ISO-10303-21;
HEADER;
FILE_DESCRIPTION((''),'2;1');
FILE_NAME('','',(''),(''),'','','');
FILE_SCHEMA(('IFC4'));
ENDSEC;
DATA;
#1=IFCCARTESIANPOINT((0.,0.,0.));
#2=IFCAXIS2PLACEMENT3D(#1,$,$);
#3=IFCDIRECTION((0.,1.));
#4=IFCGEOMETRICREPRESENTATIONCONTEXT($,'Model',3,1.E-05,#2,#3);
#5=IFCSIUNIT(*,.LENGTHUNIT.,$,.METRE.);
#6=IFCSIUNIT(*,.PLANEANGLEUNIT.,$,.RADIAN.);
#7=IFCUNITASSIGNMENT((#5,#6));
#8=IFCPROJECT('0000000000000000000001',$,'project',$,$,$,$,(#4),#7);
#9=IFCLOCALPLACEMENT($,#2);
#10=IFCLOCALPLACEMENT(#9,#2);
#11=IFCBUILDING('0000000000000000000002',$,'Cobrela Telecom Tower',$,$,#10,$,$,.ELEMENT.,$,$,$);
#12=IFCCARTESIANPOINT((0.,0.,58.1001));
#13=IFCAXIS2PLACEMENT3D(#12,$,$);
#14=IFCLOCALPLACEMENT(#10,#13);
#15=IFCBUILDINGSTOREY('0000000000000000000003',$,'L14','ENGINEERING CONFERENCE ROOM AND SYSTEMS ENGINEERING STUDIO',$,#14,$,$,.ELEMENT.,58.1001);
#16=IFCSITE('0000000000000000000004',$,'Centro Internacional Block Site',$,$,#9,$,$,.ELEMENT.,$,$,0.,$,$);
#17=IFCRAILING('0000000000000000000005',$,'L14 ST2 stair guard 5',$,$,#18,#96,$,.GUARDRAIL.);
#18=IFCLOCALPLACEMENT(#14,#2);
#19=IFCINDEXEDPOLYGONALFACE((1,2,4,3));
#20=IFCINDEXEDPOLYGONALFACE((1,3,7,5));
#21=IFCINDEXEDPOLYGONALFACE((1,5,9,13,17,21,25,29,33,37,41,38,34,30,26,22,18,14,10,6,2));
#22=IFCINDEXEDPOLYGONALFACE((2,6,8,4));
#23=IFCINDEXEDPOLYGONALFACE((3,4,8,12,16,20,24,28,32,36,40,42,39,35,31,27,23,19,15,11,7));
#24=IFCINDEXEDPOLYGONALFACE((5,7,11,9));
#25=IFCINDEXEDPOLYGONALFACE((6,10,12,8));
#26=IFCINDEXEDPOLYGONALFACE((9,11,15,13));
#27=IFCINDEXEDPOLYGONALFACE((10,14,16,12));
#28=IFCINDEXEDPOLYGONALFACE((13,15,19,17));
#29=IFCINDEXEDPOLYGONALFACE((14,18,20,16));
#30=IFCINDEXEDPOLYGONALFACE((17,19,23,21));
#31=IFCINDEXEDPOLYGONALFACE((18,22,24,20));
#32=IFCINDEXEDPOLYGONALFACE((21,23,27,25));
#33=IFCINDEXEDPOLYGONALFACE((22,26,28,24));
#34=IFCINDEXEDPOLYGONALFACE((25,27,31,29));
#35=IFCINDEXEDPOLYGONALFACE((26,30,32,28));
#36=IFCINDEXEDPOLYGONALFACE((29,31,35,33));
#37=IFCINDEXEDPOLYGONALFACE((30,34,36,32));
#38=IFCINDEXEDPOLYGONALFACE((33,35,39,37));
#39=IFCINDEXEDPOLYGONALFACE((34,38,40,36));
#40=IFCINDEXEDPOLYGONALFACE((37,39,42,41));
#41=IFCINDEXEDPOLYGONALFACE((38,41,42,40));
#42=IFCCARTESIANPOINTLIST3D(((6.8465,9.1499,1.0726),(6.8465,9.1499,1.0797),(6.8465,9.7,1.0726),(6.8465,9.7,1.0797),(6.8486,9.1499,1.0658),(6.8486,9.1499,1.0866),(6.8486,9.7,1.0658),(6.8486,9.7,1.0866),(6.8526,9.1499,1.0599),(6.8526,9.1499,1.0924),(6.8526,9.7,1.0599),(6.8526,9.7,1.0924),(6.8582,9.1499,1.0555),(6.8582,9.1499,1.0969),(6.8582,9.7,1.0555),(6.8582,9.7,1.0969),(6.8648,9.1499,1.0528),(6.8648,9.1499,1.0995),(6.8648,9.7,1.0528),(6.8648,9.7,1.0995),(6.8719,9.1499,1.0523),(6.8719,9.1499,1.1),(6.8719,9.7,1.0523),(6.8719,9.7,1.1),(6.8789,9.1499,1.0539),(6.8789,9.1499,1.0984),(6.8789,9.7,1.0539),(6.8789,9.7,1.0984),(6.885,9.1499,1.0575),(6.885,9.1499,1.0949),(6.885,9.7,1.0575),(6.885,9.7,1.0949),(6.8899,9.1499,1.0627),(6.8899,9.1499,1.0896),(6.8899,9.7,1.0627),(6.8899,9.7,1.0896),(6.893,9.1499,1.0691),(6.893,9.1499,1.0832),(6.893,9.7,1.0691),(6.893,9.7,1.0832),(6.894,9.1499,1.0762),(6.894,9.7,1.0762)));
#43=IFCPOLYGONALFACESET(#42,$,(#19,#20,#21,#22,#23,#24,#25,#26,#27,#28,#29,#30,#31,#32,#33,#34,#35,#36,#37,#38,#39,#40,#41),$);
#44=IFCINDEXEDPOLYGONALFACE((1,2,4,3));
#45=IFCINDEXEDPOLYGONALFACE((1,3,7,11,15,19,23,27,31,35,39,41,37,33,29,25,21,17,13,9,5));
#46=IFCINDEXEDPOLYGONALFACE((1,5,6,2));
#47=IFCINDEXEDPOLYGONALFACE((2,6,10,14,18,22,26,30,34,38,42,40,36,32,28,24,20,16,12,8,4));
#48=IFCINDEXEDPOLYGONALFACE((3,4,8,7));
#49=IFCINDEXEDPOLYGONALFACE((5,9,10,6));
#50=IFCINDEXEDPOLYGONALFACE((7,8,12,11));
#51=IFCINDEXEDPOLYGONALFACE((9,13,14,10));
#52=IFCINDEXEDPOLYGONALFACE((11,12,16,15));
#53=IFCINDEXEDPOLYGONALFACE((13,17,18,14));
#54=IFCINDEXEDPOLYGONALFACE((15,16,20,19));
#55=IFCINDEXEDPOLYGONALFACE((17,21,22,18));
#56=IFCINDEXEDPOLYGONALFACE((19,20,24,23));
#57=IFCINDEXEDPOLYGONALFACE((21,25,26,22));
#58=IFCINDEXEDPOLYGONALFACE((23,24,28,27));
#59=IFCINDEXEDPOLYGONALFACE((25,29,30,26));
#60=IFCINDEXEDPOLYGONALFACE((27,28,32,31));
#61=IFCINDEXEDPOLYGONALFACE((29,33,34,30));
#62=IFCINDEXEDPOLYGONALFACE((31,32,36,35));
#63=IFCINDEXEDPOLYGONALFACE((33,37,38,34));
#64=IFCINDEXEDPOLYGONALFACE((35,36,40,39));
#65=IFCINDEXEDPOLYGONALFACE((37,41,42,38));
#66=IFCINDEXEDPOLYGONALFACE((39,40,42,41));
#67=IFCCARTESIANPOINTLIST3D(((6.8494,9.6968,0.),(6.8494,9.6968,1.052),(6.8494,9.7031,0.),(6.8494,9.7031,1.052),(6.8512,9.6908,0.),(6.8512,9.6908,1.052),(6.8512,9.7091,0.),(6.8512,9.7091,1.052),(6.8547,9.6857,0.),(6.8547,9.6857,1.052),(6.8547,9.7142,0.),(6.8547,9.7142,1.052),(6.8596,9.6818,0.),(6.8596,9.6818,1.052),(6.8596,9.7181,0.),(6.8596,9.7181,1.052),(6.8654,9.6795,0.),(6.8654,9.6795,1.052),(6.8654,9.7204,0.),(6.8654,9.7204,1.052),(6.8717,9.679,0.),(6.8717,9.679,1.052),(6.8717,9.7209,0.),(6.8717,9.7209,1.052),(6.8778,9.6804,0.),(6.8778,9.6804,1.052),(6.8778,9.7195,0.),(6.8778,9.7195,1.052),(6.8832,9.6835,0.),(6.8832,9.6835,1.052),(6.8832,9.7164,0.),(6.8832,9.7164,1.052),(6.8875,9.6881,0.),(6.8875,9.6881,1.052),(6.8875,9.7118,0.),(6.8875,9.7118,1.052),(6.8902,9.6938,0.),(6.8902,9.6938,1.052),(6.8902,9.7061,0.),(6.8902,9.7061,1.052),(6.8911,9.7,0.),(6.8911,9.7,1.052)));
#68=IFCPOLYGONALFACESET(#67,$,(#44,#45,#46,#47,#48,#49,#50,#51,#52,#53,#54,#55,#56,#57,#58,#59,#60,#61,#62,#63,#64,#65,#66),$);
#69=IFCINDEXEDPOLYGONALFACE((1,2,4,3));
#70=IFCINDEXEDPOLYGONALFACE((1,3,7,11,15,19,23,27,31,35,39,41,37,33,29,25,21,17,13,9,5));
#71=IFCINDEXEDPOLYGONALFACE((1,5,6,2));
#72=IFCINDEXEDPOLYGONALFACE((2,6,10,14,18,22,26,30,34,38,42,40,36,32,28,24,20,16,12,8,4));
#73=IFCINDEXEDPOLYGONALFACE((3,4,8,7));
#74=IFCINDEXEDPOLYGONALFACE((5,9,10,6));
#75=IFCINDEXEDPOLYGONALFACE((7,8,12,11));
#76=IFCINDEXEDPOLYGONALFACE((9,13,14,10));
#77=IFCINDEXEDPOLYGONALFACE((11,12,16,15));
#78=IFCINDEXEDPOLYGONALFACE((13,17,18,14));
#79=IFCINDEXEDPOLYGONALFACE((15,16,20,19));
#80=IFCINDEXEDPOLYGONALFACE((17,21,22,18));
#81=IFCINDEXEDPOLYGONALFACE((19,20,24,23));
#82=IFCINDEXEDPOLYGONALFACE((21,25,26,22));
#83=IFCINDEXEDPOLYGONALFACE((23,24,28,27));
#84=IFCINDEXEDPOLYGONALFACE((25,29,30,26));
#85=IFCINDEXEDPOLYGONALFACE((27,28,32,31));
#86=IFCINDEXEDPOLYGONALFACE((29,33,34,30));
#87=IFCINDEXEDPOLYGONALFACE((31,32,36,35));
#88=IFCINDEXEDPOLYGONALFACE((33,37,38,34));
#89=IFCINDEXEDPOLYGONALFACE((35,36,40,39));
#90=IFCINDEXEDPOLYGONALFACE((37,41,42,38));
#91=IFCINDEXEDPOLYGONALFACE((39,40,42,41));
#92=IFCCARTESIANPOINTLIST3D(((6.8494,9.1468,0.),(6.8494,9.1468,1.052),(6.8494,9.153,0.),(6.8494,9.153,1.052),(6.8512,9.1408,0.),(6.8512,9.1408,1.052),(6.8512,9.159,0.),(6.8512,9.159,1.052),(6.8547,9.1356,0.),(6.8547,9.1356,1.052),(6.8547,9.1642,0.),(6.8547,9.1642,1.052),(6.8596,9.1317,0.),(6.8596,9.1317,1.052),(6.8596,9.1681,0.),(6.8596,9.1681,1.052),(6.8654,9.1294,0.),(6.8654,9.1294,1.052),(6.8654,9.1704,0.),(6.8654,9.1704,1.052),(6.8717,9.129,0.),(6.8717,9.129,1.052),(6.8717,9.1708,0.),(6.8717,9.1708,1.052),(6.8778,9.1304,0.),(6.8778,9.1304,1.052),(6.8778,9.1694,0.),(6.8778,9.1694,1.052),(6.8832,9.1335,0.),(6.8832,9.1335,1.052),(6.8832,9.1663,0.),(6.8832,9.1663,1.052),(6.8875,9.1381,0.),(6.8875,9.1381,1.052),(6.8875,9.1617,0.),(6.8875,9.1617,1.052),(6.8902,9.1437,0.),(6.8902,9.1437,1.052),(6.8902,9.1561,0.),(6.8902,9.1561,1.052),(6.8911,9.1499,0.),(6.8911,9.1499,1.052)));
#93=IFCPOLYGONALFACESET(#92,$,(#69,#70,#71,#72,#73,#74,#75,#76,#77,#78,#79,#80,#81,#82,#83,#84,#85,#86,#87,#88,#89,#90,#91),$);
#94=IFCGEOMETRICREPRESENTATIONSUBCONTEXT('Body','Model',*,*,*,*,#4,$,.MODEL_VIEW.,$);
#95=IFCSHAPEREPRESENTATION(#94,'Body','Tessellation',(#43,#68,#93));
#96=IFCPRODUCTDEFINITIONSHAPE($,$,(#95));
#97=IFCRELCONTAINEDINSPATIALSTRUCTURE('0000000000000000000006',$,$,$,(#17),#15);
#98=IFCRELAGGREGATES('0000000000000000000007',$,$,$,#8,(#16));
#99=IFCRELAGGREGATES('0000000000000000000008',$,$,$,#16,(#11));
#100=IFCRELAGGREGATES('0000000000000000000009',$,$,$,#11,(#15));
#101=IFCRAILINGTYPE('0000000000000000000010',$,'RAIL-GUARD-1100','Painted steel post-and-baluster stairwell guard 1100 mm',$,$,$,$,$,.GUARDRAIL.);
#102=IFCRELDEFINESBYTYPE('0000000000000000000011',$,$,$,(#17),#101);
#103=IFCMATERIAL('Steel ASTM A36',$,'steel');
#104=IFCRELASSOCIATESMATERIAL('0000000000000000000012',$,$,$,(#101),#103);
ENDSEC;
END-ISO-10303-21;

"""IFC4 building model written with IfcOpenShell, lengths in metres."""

from ifc_helpers import new_model, si_unit, direction, frame, origin, origin_2d, place, context, subcontext, project, spatial, circle, extrude, material, type_object, element, save


model = new_model("IFC4")

# Units and contexts
model_context = context("Model", 3, precision=1e-05, world=origin(), true_north=direction((0.0, 1.0)))
body_context = subcontext(model_context, "Body", "Model", "MODEL_VIEW")
ifc_project = project(units=[si_unit("LENGTHUNIT", "METRE"), si_unit("PLANEANGLEUNIT", "RADIAN")], contexts=[model_context])

# Site, building, storey
site_placement = place(None, origin())
site = spatial("IfcSite", under=ifc_project, at=site_placement, Name="Centro Internacional Block Site", CompositionType="ELEMENT", RefElevation=0.0)
building_placement = place(site_placement, origin())
building = spatial("IfcBuilding", under=site, at=building_placement, Name="Cobrela Telecom Tower", CompositionType="ELEMENT")
storey_placement = place(building_placement, frame((0.0, 0.0, 58.1001)))
storey = spatial("IfcBuildingStorey", under=building, at=storey_placement, Name="L14", Description="ENGINEERING CONFERENCE ROOM AND SYSTEMS ENGINEERING STUDIO", CompositionType="ELEMENT", Elevation=58.1001)

# Railing
ifc_material_1 = material(Name="Steel ASTM A36", Category="steel")
railing_type_1 = type_object("IfcRailingType", Name="RAIL-GUARD-1100", Description="Painted steel post-and-baluster stairwell guard 1100 mm", PredefinedType="GUARDRAIL", material=ifc_material_1)
railing_1_placement = place(storey_placement, frame((6.8701, 9.7, 0.0)))
element("IfcRailing", 1, at=railing_1_placement, inside=storey, type_object=railing_type_1, Name="L14 ST2 stair guard 5", PredefinedType="GUARDRAIL", context=body_context, shape_type="SweptSolid", body=[
    extrude(circle(Radius=0.0239, at=origin_2d()), frame((0.0, 0.0, 1.0762), z_axis=(0.0, -1.0, 0.0), x_axis=(1.0, 0.0, 0.0)), (0.0, 0.0, 1.0), 0.55),
    extrude(circle(Radius=0.021, at=origin_2d()), origin(), (0.0, 0.0, 1.0), 1.052),
    extrude(circle(Radius=0.021, at=origin_2d()), frame((0.0, -0.55, 0.0)), (0.0, 0.0, 1.0), 1.052),
])

save(model, "model.ifc")
